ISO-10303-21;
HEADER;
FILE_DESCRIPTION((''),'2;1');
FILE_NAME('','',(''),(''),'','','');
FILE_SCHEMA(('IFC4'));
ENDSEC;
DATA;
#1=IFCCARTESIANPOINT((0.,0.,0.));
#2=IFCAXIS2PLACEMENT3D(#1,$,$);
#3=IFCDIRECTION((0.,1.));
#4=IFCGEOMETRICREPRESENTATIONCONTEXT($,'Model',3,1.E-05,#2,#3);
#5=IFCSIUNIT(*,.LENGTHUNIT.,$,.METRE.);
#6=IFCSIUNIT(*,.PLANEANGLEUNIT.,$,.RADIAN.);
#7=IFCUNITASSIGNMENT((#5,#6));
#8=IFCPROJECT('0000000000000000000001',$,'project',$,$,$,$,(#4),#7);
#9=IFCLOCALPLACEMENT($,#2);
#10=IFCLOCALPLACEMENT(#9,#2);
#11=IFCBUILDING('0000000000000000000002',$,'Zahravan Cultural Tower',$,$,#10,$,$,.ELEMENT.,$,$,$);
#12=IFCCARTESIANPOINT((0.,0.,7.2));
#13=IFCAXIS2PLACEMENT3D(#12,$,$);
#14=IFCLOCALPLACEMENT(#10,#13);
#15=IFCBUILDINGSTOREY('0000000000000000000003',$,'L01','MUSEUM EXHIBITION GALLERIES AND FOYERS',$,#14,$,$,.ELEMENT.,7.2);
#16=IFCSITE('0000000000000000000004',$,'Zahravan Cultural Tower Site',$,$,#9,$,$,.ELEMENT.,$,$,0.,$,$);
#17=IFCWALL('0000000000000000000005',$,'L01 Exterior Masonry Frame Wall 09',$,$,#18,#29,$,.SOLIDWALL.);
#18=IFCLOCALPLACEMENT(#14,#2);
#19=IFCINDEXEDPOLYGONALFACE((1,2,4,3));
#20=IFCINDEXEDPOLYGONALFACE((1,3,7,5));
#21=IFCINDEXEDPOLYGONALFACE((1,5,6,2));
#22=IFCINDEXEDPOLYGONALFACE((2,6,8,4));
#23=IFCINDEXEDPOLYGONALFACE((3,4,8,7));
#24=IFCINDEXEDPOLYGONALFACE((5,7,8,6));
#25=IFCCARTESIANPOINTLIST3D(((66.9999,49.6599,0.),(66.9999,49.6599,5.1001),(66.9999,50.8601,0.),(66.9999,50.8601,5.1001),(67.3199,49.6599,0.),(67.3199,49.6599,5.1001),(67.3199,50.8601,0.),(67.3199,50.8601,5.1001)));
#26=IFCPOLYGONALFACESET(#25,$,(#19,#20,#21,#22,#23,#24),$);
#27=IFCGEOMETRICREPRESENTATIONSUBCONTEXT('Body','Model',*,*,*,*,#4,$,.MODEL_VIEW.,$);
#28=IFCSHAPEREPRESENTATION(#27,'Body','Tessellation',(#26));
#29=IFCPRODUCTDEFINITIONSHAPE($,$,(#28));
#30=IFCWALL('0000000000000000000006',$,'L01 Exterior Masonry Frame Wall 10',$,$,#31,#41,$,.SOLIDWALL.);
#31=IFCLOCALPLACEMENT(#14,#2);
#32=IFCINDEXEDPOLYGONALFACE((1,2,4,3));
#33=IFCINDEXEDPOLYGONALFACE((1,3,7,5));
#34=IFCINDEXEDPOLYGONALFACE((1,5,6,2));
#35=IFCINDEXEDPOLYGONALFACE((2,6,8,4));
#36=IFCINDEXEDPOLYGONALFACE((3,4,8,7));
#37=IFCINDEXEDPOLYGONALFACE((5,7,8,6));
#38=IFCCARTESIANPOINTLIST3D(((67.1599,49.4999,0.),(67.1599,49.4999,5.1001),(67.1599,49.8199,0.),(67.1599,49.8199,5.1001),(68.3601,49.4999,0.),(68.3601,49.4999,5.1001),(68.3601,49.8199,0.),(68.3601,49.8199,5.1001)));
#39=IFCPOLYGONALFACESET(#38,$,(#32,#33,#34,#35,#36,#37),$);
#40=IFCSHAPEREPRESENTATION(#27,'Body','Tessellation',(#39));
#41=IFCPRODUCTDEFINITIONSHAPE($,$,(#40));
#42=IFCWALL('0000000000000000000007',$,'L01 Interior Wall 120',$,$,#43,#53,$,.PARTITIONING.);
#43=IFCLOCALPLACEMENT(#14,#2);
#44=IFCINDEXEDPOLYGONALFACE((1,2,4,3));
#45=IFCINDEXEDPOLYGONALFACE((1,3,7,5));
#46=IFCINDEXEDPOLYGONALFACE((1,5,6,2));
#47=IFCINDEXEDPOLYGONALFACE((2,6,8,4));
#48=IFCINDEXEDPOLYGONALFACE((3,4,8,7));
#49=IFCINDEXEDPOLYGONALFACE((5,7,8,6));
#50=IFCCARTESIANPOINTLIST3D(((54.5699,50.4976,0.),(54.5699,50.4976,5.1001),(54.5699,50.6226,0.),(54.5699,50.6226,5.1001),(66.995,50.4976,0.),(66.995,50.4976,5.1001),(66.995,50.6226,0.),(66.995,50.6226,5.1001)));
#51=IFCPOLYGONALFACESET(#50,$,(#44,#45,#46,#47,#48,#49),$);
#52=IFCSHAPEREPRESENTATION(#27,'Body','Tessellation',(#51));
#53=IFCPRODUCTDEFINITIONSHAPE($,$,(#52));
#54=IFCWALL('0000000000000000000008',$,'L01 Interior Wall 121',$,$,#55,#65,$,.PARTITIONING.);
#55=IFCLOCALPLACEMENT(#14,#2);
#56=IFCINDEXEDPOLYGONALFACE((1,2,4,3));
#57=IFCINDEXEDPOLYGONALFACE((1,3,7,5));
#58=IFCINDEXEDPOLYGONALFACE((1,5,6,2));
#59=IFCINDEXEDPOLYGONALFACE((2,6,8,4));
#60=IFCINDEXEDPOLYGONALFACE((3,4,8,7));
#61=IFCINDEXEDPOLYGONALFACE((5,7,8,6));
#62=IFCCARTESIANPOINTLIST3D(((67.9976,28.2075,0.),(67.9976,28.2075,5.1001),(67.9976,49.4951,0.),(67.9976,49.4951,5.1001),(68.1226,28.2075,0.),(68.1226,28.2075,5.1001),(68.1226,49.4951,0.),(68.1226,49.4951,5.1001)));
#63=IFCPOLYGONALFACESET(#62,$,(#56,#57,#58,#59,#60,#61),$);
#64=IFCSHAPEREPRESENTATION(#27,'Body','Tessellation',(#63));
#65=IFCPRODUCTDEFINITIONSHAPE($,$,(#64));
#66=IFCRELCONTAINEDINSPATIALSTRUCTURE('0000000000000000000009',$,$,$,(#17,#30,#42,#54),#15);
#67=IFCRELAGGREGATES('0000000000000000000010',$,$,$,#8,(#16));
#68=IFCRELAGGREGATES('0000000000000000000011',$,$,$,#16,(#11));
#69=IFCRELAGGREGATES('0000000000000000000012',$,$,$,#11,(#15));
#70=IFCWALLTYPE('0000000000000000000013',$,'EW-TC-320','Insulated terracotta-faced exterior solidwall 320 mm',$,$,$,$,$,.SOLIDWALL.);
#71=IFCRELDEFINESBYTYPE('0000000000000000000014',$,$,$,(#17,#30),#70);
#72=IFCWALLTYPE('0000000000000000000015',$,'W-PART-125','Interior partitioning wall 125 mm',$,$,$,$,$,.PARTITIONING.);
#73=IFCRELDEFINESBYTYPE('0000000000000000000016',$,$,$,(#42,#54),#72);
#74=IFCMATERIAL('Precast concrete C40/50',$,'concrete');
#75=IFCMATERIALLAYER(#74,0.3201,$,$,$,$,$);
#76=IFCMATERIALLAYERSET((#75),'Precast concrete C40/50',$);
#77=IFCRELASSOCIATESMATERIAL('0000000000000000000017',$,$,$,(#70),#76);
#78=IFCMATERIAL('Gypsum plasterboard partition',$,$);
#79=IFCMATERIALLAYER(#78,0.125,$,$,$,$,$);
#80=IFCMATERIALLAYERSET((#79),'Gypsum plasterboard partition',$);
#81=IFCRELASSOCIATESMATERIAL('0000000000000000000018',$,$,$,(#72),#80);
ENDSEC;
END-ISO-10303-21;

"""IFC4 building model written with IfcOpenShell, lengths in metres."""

from ifc_helpers import new_model, si_unit, direction, frame, frame_2d, origin, place, context, subcontext, project, spatial, rectangle, extrude, source, transform, mapped, material, layer, layer_set, type_object, element, save


model = new_model("IFC4")

# Units and contexts
model_context = context("Model", 3, precision=1e-05, world=origin(), true_north=direction((0.0, 1.0)))
body_context = subcontext(model_context, "Body", "Model", "MODEL_VIEW")
ifc_project = project(units=[si_unit("LENGTHUNIT", "METRE"), si_unit("PLANEANGLEUNIT", "RADIAN")], contexts=[model_context])

# Site, building, storey
site_placement = place(None, origin())
site = spatial("IfcSite", under=ifc_project, at=site_placement, Name="Zahravan Cultural Tower Site", CompositionType="ELEMENT", RefElevation=0.0)
building_placement = place(site_placement, origin())
building = spatial("IfcBuilding", under=site, at=building_placement, Name="Zahravan Cultural Tower", CompositionType="ELEMENT")
storey_placement = place(building_placement, frame((0.0, 0.0, 7.2)))
storey = spatial("IfcBuildingStorey", under=building, at=storey_placement, Name="L01", Description="MUSEUM EXHIBITION GALLERIES AND FOYERS", CompositionType="ELEMENT", Elevation=7.2)

# Walls
ifc_material_1 = material(Name="Precast concrete C40/50", Category="concrete")
ifc_layer_1 = layer(ifc_material_1, 0.3201)
ifc_layer_set_1 = layer_set([ifc_layer_1], Name="Precast concrete C40/50")
wall_type_1 = type_object("IfcWallType", Name="EW-TC-320", Description="Insulated terracotta-faced exterior solidwall 320 mm", PredefinedType="SOLIDWALL", material=ifc_layer_set_1)
shared_shape_1 = source(origin(), body_context, "Body", "SweptSolid", [
    extrude(rectangle(XDim=1.2002, YDim=0.3201, at=frame_2d((0.6001, 0.0))), origin(), (0.0, 0.0, 1.0), 5.1001),
])
for number, where, z_axis, x_axis, name in (
    (1, (67.1599, 50.8601, 0.0), (0.0, 0.0, 1.0), (0.0, -1.0, 0.0), "L01 Exterior Masonry Frame Wall 09"),
    (2, (67.1599, 49.6599, 0.0), (0.0, 0.0, 1.0), (1.0, 0.0, 0.0), "L01 Exterior Masonry Frame Wall 10"),
):
    element("IfcWall", number, at=place(storey_placement, frame(where, z_axis=z_axis, x_axis=x_axis)), inside=storey, type_object=wall_type_1, Name=name, PredefinedType="SOLIDWALL", context=body_context, shape_type="MappedRepresentation", body=[
        mapped(shared_shape_1, transform((0.0, 0.0, 0.0), x_axis=(1.0, 0.0, 0.0), y_axis=(0.0, 1.0, 0.0), z_axis=(0.0, 0.0, 1.0), scale=1.0)),
    ])
ifc_material_2 = material(Name="Gypsum plasterboard partition")
ifc_layer_2 = layer(ifc_material_2, 0.125)
ifc_layer_set_2 = layer_set([ifc_layer_2], Name="Gypsum plasterboard partition")
wall_type_2 = type_object("IfcWallType", Name="W-PART-125", Description="Interior partitioning wall 125 mm", PredefinedType="PARTITIONING", material=ifc_layer_set_2)
shared_shape_2 = source(origin(), body_context, "Body", "SweptSolid", [
    extrude(rectangle(XDim=12.425, YDim=0.125, at=frame_2d((6.2124, 0.0))), origin(), (0.0, 0.0, 1.0), 5.1001),
])
wall_1_placement = place(storey_placement, frame((54.5701, 50.5601, 0.0), z_axis=(0.0, 0.0, 1.0), x_axis=(1.0, 0.0, 0.0)))
element("IfcWall", 3, at=wall_1_placement, inside=storey, type_object=wall_type_2, Name="L01 Interior Wall 120", PredefinedType="PARTITIONING", context=body_context, shape_type="MappedRepresentation", body=[
    mapped(shared_shape_2, transform((0.0, 0.0, 0.0), x_axis=(1.0, 0.0, 0.0), y_axis=(0.0, 1.0, 0.0), z_axis=(0.0, 0.0, 1.0), scale=1.0)),
])
shared_shape_3 = source(origin(), body_context, "Body", "SweptSolid", [
    extrude(rectangle(XDim=21.2876, YDim=0.125, at=frame_2d((10.6438, 0.0))), origin(), (0.0, 0.0, 1.0), 5.1001),
])
wall_2_placement = place(storey_placement, frame((68.0601, 49.4951, 0.0), z_axis=(0.0, 0.0, 1.0), x_axis=(0.0, -1.0, 0.0)))
element("IfcWall", 4, at=wall_2_placement, inside=storey, type_object=wall_type_2, Name="L01 Interior Wall 121", PredefinedType="PARTITIONING", context=body_context, shape_type="MappedRepresentation", body=[
    mapped(shared_shape_3, transform((0.0, 0.0, 0.0), x_axis=(1.0, 0.0, 0.0), y_axis=(0.0, 1.0, 0.0), z_axis=(0.0, 0.0, 1.0), scale=1.0)),
])

save(model, "model.ifc")
